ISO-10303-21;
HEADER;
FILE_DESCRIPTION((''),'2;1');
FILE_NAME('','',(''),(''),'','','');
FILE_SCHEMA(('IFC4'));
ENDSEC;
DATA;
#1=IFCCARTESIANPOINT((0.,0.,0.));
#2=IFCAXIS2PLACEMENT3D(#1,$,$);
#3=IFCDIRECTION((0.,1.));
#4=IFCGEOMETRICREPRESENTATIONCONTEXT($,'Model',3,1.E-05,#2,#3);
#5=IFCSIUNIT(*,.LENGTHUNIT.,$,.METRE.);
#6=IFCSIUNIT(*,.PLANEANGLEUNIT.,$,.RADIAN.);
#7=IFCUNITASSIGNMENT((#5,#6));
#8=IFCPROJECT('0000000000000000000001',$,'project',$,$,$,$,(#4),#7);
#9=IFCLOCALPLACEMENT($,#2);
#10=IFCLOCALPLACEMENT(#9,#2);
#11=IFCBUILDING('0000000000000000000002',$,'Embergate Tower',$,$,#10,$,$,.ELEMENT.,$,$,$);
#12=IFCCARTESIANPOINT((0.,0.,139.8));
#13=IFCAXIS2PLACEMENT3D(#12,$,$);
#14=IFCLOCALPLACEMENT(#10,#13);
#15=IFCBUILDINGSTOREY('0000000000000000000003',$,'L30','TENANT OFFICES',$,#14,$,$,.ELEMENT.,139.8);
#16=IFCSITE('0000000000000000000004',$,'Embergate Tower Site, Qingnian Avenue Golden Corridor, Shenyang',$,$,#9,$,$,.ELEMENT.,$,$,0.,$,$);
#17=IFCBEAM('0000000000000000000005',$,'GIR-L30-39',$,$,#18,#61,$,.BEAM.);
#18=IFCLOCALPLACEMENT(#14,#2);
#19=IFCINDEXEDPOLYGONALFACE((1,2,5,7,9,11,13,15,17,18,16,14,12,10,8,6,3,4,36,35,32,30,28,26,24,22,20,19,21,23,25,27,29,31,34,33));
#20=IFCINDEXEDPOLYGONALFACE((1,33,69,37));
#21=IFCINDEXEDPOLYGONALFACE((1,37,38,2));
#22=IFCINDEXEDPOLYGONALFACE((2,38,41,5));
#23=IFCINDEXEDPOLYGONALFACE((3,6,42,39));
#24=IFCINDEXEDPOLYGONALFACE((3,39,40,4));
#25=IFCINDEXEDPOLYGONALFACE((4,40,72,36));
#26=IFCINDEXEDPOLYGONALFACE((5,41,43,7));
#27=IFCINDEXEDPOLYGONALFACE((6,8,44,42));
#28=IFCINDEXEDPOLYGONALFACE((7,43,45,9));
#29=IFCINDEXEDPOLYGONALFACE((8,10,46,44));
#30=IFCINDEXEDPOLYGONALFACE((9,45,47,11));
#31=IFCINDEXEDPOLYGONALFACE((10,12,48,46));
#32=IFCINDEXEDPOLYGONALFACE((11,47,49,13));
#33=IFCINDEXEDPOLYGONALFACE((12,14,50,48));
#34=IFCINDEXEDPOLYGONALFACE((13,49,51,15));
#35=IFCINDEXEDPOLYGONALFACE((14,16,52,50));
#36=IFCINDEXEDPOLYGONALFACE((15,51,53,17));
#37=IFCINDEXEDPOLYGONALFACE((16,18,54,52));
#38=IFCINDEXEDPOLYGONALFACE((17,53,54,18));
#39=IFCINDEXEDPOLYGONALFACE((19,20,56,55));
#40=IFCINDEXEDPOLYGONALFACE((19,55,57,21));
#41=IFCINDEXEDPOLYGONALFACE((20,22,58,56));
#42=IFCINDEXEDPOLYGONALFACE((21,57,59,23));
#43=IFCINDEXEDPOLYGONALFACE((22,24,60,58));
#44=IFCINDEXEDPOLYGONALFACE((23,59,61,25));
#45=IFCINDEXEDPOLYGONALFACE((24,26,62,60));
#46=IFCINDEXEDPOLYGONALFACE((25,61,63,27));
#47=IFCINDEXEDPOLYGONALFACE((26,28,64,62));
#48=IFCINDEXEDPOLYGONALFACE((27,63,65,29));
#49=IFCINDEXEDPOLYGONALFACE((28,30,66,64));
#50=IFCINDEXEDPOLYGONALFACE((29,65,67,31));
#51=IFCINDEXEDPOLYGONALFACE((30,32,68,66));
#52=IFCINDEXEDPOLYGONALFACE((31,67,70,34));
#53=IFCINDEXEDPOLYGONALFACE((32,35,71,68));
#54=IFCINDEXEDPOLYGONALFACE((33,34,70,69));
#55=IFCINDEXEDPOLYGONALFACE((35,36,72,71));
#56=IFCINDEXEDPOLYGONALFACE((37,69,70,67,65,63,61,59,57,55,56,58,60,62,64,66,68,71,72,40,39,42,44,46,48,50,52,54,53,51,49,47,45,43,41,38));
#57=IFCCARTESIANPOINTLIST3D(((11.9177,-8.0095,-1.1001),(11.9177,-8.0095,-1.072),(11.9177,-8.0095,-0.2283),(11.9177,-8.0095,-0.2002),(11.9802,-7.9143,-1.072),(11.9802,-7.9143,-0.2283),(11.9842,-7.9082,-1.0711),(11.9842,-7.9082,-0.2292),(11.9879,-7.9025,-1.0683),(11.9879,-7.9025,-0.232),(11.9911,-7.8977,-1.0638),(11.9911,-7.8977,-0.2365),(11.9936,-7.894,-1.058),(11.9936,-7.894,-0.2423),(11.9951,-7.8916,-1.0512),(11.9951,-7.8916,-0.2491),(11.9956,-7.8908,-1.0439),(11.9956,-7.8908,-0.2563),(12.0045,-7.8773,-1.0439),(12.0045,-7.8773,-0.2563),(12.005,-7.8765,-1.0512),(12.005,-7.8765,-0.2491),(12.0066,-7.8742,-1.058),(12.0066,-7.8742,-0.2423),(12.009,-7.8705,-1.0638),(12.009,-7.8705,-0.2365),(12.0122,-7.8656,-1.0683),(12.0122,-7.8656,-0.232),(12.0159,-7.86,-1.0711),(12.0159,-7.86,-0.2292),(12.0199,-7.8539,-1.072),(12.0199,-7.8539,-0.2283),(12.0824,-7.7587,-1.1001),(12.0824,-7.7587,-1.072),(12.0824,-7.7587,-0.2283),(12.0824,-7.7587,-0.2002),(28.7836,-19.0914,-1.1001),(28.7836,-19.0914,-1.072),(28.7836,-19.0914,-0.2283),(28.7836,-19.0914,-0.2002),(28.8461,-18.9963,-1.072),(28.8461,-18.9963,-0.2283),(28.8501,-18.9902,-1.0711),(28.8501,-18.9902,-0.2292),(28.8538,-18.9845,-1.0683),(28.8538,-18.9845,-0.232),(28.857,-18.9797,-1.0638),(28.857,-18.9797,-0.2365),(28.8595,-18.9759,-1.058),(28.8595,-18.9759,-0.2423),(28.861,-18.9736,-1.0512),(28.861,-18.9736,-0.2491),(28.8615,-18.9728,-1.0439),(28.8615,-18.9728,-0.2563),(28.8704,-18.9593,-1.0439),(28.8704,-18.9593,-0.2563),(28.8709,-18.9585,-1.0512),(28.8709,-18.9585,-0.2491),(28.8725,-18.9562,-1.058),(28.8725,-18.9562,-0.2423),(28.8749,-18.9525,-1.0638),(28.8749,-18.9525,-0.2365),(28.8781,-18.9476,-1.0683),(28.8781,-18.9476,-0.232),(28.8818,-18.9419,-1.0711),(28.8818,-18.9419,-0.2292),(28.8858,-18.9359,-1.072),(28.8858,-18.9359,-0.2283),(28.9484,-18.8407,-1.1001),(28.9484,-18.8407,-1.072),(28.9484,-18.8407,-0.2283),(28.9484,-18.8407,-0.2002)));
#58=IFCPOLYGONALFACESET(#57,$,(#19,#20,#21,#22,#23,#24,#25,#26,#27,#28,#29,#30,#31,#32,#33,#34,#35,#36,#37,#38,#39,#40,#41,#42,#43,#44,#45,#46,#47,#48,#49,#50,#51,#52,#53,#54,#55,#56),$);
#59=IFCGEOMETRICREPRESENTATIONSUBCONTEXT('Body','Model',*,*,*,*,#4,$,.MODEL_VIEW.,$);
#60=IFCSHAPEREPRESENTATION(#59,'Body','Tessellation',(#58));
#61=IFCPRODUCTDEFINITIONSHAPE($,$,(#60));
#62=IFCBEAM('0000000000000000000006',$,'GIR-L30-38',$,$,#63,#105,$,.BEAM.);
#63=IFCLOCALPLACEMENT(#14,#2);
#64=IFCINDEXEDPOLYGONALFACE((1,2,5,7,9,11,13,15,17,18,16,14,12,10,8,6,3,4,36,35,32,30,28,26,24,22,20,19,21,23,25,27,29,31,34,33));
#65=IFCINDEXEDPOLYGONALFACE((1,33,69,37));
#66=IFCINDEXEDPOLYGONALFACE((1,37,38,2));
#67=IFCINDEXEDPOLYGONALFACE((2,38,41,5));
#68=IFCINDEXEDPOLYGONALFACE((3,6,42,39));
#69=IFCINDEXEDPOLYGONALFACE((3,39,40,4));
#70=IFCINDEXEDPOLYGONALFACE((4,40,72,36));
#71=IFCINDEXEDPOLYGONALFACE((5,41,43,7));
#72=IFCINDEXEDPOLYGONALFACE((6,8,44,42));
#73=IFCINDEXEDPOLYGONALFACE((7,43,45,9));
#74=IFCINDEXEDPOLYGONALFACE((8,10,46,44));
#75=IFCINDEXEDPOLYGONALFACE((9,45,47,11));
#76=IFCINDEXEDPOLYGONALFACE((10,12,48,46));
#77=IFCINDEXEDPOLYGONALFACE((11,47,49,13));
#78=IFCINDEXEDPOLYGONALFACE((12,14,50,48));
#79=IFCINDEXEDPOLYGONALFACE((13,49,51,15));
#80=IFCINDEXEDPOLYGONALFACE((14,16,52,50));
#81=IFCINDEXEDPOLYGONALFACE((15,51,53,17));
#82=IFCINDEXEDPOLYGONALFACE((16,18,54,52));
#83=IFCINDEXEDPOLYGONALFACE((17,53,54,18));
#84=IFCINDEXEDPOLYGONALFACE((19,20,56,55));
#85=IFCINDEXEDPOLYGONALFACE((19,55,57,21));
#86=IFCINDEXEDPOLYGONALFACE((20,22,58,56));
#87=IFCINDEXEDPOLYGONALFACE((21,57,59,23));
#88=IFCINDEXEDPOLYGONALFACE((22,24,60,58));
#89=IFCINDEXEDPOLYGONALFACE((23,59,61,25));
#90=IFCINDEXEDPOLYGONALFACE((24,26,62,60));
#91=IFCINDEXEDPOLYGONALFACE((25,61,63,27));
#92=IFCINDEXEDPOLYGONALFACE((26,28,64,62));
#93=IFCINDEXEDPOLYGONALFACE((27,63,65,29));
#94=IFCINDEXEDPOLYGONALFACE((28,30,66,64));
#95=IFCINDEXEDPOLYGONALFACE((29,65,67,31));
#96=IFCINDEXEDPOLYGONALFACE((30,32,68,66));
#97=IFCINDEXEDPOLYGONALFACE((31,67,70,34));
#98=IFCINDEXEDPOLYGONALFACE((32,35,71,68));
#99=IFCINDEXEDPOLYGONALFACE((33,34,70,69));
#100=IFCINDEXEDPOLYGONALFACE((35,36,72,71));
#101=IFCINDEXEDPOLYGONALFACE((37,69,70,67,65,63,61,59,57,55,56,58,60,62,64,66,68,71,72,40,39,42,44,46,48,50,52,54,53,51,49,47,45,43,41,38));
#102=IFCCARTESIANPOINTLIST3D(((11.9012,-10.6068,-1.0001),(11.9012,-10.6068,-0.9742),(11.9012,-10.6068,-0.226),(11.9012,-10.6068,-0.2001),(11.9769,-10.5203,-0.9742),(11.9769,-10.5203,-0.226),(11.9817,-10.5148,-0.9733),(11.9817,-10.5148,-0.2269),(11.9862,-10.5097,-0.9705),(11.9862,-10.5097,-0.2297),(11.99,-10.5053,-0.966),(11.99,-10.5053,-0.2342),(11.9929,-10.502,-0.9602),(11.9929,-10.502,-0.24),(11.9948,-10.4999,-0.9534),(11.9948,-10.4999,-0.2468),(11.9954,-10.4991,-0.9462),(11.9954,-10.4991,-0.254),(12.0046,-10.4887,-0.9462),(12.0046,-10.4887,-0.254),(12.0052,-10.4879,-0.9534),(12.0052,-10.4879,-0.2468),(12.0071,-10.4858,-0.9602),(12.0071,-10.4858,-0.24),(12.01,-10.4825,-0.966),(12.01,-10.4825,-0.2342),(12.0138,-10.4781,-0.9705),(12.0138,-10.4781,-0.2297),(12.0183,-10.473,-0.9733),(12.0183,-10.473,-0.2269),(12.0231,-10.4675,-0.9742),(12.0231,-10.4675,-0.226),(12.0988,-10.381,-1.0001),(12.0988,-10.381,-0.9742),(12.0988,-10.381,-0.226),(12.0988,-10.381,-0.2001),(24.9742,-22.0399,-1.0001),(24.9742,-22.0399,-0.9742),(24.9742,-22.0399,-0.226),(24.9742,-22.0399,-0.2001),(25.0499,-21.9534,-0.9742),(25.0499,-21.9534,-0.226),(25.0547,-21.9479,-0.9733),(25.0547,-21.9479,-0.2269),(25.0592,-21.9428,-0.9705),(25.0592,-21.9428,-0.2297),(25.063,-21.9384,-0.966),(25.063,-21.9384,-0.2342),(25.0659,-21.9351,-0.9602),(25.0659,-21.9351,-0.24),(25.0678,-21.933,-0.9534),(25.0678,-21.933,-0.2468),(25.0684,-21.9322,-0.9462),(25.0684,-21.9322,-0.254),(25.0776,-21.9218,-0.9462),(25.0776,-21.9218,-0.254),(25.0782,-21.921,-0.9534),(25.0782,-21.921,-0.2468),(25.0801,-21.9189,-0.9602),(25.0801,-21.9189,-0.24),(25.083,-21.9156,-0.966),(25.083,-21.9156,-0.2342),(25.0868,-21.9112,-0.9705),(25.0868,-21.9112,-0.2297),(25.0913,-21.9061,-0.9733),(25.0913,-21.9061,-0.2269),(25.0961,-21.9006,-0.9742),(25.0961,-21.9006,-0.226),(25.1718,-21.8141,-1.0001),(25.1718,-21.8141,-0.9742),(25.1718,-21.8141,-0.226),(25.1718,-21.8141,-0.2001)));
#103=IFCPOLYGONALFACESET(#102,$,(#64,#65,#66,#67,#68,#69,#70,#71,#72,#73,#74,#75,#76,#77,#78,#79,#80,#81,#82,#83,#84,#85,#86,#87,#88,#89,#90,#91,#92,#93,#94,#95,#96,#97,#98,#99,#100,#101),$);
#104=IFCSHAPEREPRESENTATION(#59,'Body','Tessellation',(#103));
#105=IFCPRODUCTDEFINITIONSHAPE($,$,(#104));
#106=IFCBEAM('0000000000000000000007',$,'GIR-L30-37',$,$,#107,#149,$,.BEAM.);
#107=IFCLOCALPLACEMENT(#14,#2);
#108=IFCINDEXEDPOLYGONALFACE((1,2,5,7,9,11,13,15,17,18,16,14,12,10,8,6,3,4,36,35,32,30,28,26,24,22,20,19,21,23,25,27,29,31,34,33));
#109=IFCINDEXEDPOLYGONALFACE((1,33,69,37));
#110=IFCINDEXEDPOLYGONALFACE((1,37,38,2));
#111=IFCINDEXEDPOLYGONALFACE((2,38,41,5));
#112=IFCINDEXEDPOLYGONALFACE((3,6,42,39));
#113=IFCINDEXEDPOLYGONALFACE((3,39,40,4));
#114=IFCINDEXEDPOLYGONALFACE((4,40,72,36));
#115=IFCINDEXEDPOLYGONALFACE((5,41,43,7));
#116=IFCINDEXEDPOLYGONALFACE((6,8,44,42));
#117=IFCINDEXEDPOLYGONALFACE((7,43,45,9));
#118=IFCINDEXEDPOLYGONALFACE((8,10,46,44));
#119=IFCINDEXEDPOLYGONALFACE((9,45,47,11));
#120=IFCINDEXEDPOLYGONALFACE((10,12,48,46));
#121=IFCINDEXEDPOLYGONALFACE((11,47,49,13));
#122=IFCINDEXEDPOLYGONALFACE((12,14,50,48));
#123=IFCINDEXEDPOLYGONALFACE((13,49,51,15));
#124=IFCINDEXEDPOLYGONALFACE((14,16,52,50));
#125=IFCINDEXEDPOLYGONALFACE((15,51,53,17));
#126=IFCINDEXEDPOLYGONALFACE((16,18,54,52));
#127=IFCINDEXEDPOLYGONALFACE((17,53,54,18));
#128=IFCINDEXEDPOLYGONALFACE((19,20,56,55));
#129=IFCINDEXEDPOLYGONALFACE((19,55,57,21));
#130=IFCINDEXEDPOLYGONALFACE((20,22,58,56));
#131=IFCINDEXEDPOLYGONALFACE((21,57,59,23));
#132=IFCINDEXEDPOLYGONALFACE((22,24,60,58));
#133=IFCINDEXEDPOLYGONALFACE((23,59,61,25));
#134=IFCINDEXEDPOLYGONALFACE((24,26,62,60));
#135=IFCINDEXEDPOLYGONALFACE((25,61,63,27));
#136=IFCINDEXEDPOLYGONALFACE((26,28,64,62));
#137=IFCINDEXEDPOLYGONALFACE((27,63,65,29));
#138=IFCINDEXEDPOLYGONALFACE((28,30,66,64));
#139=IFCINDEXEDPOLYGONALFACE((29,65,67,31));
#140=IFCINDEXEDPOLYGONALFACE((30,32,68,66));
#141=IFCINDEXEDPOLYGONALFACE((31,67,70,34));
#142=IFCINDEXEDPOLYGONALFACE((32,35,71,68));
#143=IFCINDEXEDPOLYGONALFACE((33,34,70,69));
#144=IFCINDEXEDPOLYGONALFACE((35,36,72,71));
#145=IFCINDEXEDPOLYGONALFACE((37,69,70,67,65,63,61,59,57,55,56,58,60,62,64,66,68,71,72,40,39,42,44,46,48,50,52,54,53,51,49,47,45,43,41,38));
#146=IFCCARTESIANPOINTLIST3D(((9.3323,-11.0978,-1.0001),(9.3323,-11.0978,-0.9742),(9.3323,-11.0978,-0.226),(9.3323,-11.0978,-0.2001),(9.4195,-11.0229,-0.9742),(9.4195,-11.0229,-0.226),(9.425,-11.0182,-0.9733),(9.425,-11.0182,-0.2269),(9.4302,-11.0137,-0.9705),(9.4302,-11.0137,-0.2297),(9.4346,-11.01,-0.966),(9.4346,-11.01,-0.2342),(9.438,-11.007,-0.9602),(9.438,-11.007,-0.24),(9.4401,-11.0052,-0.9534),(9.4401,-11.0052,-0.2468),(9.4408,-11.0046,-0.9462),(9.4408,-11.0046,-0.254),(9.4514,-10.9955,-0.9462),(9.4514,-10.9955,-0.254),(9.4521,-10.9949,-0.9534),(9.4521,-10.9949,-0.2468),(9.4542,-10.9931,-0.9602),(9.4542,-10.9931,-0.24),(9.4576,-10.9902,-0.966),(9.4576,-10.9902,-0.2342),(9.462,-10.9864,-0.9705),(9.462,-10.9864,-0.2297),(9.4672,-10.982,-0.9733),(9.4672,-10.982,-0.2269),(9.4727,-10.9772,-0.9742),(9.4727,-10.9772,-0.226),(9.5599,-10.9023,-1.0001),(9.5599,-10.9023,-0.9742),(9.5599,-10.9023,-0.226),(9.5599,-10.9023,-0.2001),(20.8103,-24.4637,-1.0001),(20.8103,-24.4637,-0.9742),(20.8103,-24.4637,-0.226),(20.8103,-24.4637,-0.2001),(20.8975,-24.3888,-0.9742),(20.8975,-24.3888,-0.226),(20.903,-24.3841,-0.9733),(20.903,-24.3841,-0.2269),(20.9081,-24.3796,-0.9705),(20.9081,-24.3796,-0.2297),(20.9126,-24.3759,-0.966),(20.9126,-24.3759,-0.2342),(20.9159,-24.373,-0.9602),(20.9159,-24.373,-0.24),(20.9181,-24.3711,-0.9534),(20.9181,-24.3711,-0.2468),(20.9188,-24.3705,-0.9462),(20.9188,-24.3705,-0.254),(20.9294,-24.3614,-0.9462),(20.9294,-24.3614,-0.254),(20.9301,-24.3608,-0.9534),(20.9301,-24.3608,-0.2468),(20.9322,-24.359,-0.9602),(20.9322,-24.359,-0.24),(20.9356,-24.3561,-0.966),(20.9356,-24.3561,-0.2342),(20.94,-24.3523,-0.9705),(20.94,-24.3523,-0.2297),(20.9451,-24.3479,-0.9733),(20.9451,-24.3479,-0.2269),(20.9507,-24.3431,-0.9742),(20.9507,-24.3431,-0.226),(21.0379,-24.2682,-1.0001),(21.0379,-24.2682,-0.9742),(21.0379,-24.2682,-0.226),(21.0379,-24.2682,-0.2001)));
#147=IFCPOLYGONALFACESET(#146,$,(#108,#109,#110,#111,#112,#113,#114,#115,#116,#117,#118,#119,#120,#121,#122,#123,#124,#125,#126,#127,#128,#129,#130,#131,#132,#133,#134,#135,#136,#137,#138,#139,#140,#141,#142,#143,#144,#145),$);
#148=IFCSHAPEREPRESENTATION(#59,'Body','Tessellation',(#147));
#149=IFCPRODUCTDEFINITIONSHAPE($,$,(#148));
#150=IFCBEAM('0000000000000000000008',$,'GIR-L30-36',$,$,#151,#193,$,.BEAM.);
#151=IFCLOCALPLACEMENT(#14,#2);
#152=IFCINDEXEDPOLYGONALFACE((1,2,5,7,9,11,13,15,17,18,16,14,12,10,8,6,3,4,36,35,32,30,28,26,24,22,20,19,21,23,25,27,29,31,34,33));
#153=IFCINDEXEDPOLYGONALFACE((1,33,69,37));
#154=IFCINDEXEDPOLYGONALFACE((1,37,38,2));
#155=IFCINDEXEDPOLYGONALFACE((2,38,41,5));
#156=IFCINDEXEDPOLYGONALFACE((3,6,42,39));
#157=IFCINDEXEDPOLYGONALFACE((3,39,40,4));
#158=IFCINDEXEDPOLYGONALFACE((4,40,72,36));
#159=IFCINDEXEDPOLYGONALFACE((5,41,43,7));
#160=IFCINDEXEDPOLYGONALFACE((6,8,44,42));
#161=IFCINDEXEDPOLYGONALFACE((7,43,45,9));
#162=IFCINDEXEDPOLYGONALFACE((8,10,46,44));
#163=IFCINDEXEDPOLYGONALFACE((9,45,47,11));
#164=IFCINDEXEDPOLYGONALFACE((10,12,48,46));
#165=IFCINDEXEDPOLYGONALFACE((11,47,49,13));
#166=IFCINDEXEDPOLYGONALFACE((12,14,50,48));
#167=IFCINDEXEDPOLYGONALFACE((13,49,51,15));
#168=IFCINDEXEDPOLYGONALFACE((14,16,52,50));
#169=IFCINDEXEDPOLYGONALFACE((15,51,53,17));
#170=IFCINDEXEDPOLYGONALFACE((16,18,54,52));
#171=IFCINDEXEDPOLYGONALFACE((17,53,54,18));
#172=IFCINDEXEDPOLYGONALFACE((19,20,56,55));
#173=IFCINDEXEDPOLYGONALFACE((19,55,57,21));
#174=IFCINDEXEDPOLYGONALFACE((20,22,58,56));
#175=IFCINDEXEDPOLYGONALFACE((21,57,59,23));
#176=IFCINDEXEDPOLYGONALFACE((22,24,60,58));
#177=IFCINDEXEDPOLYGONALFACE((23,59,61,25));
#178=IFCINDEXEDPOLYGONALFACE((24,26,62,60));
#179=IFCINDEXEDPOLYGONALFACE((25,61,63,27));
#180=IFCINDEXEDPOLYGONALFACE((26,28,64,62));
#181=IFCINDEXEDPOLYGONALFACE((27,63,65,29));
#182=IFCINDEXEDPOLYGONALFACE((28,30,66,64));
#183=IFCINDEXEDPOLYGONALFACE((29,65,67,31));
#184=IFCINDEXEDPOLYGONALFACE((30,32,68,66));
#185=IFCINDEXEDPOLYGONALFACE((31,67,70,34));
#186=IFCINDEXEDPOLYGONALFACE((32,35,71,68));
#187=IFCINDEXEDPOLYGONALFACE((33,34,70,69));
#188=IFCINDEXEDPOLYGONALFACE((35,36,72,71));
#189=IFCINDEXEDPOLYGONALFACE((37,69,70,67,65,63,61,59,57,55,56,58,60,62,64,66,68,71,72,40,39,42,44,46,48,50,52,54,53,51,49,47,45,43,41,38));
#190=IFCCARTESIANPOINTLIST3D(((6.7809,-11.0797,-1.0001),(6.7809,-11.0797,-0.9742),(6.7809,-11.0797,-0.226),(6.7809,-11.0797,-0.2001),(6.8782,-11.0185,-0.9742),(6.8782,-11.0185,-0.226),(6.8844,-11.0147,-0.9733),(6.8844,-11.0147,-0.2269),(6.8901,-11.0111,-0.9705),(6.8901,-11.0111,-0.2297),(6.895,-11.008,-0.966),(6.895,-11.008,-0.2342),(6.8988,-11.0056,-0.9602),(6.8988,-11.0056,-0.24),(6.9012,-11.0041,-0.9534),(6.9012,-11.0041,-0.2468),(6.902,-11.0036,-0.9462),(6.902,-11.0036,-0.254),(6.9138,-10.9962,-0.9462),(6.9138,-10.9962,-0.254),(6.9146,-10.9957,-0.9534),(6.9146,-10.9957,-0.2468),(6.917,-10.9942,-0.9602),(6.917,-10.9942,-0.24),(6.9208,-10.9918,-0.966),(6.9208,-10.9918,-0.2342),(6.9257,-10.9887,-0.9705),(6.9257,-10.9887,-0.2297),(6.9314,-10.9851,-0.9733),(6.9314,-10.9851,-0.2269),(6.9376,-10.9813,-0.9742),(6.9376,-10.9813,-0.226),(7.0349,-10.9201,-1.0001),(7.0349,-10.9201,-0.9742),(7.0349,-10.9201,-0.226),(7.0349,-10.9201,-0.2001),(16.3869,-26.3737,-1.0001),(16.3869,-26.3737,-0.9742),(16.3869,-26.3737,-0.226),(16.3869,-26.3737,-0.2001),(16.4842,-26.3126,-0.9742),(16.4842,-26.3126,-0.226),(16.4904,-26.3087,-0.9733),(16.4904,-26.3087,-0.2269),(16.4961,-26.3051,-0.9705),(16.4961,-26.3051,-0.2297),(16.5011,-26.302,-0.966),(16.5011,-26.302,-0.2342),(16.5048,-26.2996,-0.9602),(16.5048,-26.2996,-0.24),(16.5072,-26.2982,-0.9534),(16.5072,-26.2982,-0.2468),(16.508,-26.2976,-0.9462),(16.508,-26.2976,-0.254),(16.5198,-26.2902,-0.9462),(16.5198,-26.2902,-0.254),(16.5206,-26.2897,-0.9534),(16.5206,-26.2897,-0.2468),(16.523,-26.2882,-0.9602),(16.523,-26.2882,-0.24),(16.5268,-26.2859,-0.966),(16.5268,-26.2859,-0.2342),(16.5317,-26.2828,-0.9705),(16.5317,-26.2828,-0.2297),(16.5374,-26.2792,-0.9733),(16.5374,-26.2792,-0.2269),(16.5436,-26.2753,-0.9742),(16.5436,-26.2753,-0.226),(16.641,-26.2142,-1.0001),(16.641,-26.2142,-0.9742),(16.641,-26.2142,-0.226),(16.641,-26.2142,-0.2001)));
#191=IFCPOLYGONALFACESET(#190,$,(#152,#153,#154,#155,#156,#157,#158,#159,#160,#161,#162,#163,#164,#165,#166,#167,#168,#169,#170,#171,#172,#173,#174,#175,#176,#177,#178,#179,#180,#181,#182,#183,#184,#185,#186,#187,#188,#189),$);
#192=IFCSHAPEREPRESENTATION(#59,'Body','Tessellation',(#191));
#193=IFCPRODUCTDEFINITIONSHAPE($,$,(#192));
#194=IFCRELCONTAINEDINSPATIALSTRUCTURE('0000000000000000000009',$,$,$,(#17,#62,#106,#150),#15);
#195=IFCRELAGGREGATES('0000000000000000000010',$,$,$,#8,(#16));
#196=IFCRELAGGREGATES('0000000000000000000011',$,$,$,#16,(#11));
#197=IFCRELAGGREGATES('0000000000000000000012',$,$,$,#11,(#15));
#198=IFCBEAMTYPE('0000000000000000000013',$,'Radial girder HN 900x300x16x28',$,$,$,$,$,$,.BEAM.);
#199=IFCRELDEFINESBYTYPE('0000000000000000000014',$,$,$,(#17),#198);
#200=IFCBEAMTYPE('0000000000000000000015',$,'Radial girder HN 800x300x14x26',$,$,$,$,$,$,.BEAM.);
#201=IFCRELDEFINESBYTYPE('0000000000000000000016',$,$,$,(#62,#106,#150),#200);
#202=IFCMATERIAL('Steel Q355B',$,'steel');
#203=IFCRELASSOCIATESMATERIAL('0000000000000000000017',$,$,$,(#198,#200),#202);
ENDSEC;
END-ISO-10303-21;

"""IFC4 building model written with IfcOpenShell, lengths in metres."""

from ifc_helpers import new_model, si_unit, direction, frame, origin, origin_2d, place, context, subcontext, project, spatial, i_section, extrude, source, transform, mapped, material, material_profile, profile_set, type_object, element, save


model = new_model("IFC4")

# Units and contexts
model_context = context("Model", 3, precision=1e-05, world=origin(), true_north=direction((0.0, 1.0)))
body_context = subcontext(model_context, "Body", "Model", "MODEL_VIEW")
ifc_project = project(units=[si_unit("LENGTHUNIT", "METRE"), si_unit("PLANEANGLEUNIT", "RADIAN")], contexts=[model_context])

# Site, building, storey
site_placement = place(None, origin())
site = spatial("IfcSite", under=ifc_project, at=site_placement, Name="Embergate Tower Site, Qingnian Avenue Golden Corridor, Shenyang", CompositionType="ELEMENT", RefElevation=0.0)
building_placement = place(site_placement, origin())
building = spatial("IfcBuilding", under=site, at=building_placement, Name="Embergate Tower", CompositionType="ELEMENT")
storey_placement = place(building_placement, frame((0.0, 0.0, 139.8)))
storey = spatial("IfcBuildingStorey", under=building, at=storey_placement, Name="L30", Description="TENANT OFFICES", CompositionType="ELEMENT", Elevation=139.8)

# Beams
ifc_material_1 = material(Name="Steel Q355B", Category="steel")
ifc_material_profile_1 = material_profile(ifc_material_1, i_section(OverallWidth=0.3, OverallDepth=0.8999, WebThickness=0.0161, FlangeThickness=0.0281, FilletRadius=0.0281, at=origin_2d()), Name="HN 900x300x16x28")
ifc_profile_set_1 = profile_set([ifc_material_profile_1], Name="Steel Q355 grade B")
beam_type_1 = type_object("IfcBeamType", Name="Radial girder HN 900x300x16x28", PredefinedType="BEAM", material=ifc_profile_set_1)
shared_shape_1 = source(origin(), body_context, "Body", "SweptSolid", [
    extrude(i_section(OverallWidth=0.3, OverallDepth=0.8999, WebThickness=0.0161, FlangeThickness=0.0281, FilletRadius=0.0281, at=origin_2d()), origin(), (0.0, 0.0, 1.0), 20.1809),
])
beam_1_placement = place(storey_placement, frame((28.866, -18.9661, -0.6501), z_axis=(-0.835735, 0.549132, 0.0), x_axis=(-0.549132, -0.835735, 0.0)))
element("IfcBeam", 1, at=beam_1_placement, inside=storey, type_object=beam_type_1, Name="GIR-L30-39", PredefinedType="BEAM", context=body_context, shape_type="MappedRepresentation", body=[
    mapped(shared_shape_1, transform((0.0, 0.0, 0.0))),
])
ifc_material_profile_2 = material_profile(ifc_material_1, i_section(OverallWidth=0.3, OverallDepth=0.8, WebThickness=0.0139, FlangeThickness=0.0259, FilletRadius=0.0281, at=origin_2d()), Name="HN 800x300x14x26")
ifc_profile_set_2 = profile_set([ifc_material_profile_2], Name="Steel Q355 grade B")
beam_type_2 = type_object("IfcBeamType", Name="Radial girder HN 800x300x14x26", PredefinedType="BEAM", material=ifc_profile_set_2)
shared_shape_2 = source(origin(), body_context, "Body", "SweptSolid", [
    extrude(i_section(OverallWidth=0.3, OverallDepth=0.8, WebThickness=0.0139, FlangeThickness=0.0259, FilletRadius=0.0281, at=origin_2d()), origin(), (0.0, 0.0, 1.0), 17.3672),
])
beam_2_placement = place(storey_placement, frame((25.073, -21.927, -0.6001), z_axis=(-0.752741, 0.658316, 0.0), x_axis=(-0.658316, -0.752741, 0.0)))
element("IfcBeam", 2, at=beam_2_placement, inside=storey, type_object=beam_type_2, Name="GIR-L30-38", PredefinedType="BEAM", context=body_context, shape_type="MappedRepresentation", body=[
    mapped(shared_shape_2, transform((0.0, 0.0, 0.0))),
])
shared_shape_3 = source(origin(), body_context, "Body", "SweptSolid", [
    extrude(i_section(OverallWidth=0.3, OverallDepth=0.8, WebThickness=0.0139, FlangeThickness=0.0259, FilletRadius=0.0281, at=origin_2d()), origin(), (0.0, 0.0, 1.0), 17.6179),
])
beam_3_placement = place(storey_placement, frame((20.9241, -24.366, -0.6001), z_axis=(-0.651494, 0.758654, 0.0), x_axis=(-0.758654, -0.651494, 0.0)))
element("IfcBeam", 3, at=beam_3_placement, inside=storey, type_object=beam_type_2, Name="GIR-L30-37", PredefinedType="BEAM", context=body_context, shape_type="MappedRepresentation", body=[
    mapped(shared_shape_3, transform((0.0, 0.0, 0.0))),
])
shared_shape_4 = source(origin(), body_context, "Body", "SweptSolid", [
    extrude(i_section(OverallWidth=0.3, OverallDepth=0.8, WebThickness=0.0139, FlangeThickness=0.0259, FilletRadius=0.0281, at=origin_2d()), origin(), (0.0, 0.0, 1.0), 18.0605),
])
beam_4_placement = place(storey_placement, frame((16.5139, -26.2939, -0.6001), z_axis=(-0.531879, 0.846821, 0.0), x_axis=(-0.846821, -0.531879, 0.0)))
element("IfcBeam", 4, at=beam_4_placement, inside=storey, type_object=beam_type_2, Name="GIR-L30-36", PredefinedType="BEAM", context=body_context, shape_type="MappedRepresentation", body=[
    mapped(shared_shape_4, transform((0.0, 0.0, 0.0))),
])

save(model, "model.ifc")
